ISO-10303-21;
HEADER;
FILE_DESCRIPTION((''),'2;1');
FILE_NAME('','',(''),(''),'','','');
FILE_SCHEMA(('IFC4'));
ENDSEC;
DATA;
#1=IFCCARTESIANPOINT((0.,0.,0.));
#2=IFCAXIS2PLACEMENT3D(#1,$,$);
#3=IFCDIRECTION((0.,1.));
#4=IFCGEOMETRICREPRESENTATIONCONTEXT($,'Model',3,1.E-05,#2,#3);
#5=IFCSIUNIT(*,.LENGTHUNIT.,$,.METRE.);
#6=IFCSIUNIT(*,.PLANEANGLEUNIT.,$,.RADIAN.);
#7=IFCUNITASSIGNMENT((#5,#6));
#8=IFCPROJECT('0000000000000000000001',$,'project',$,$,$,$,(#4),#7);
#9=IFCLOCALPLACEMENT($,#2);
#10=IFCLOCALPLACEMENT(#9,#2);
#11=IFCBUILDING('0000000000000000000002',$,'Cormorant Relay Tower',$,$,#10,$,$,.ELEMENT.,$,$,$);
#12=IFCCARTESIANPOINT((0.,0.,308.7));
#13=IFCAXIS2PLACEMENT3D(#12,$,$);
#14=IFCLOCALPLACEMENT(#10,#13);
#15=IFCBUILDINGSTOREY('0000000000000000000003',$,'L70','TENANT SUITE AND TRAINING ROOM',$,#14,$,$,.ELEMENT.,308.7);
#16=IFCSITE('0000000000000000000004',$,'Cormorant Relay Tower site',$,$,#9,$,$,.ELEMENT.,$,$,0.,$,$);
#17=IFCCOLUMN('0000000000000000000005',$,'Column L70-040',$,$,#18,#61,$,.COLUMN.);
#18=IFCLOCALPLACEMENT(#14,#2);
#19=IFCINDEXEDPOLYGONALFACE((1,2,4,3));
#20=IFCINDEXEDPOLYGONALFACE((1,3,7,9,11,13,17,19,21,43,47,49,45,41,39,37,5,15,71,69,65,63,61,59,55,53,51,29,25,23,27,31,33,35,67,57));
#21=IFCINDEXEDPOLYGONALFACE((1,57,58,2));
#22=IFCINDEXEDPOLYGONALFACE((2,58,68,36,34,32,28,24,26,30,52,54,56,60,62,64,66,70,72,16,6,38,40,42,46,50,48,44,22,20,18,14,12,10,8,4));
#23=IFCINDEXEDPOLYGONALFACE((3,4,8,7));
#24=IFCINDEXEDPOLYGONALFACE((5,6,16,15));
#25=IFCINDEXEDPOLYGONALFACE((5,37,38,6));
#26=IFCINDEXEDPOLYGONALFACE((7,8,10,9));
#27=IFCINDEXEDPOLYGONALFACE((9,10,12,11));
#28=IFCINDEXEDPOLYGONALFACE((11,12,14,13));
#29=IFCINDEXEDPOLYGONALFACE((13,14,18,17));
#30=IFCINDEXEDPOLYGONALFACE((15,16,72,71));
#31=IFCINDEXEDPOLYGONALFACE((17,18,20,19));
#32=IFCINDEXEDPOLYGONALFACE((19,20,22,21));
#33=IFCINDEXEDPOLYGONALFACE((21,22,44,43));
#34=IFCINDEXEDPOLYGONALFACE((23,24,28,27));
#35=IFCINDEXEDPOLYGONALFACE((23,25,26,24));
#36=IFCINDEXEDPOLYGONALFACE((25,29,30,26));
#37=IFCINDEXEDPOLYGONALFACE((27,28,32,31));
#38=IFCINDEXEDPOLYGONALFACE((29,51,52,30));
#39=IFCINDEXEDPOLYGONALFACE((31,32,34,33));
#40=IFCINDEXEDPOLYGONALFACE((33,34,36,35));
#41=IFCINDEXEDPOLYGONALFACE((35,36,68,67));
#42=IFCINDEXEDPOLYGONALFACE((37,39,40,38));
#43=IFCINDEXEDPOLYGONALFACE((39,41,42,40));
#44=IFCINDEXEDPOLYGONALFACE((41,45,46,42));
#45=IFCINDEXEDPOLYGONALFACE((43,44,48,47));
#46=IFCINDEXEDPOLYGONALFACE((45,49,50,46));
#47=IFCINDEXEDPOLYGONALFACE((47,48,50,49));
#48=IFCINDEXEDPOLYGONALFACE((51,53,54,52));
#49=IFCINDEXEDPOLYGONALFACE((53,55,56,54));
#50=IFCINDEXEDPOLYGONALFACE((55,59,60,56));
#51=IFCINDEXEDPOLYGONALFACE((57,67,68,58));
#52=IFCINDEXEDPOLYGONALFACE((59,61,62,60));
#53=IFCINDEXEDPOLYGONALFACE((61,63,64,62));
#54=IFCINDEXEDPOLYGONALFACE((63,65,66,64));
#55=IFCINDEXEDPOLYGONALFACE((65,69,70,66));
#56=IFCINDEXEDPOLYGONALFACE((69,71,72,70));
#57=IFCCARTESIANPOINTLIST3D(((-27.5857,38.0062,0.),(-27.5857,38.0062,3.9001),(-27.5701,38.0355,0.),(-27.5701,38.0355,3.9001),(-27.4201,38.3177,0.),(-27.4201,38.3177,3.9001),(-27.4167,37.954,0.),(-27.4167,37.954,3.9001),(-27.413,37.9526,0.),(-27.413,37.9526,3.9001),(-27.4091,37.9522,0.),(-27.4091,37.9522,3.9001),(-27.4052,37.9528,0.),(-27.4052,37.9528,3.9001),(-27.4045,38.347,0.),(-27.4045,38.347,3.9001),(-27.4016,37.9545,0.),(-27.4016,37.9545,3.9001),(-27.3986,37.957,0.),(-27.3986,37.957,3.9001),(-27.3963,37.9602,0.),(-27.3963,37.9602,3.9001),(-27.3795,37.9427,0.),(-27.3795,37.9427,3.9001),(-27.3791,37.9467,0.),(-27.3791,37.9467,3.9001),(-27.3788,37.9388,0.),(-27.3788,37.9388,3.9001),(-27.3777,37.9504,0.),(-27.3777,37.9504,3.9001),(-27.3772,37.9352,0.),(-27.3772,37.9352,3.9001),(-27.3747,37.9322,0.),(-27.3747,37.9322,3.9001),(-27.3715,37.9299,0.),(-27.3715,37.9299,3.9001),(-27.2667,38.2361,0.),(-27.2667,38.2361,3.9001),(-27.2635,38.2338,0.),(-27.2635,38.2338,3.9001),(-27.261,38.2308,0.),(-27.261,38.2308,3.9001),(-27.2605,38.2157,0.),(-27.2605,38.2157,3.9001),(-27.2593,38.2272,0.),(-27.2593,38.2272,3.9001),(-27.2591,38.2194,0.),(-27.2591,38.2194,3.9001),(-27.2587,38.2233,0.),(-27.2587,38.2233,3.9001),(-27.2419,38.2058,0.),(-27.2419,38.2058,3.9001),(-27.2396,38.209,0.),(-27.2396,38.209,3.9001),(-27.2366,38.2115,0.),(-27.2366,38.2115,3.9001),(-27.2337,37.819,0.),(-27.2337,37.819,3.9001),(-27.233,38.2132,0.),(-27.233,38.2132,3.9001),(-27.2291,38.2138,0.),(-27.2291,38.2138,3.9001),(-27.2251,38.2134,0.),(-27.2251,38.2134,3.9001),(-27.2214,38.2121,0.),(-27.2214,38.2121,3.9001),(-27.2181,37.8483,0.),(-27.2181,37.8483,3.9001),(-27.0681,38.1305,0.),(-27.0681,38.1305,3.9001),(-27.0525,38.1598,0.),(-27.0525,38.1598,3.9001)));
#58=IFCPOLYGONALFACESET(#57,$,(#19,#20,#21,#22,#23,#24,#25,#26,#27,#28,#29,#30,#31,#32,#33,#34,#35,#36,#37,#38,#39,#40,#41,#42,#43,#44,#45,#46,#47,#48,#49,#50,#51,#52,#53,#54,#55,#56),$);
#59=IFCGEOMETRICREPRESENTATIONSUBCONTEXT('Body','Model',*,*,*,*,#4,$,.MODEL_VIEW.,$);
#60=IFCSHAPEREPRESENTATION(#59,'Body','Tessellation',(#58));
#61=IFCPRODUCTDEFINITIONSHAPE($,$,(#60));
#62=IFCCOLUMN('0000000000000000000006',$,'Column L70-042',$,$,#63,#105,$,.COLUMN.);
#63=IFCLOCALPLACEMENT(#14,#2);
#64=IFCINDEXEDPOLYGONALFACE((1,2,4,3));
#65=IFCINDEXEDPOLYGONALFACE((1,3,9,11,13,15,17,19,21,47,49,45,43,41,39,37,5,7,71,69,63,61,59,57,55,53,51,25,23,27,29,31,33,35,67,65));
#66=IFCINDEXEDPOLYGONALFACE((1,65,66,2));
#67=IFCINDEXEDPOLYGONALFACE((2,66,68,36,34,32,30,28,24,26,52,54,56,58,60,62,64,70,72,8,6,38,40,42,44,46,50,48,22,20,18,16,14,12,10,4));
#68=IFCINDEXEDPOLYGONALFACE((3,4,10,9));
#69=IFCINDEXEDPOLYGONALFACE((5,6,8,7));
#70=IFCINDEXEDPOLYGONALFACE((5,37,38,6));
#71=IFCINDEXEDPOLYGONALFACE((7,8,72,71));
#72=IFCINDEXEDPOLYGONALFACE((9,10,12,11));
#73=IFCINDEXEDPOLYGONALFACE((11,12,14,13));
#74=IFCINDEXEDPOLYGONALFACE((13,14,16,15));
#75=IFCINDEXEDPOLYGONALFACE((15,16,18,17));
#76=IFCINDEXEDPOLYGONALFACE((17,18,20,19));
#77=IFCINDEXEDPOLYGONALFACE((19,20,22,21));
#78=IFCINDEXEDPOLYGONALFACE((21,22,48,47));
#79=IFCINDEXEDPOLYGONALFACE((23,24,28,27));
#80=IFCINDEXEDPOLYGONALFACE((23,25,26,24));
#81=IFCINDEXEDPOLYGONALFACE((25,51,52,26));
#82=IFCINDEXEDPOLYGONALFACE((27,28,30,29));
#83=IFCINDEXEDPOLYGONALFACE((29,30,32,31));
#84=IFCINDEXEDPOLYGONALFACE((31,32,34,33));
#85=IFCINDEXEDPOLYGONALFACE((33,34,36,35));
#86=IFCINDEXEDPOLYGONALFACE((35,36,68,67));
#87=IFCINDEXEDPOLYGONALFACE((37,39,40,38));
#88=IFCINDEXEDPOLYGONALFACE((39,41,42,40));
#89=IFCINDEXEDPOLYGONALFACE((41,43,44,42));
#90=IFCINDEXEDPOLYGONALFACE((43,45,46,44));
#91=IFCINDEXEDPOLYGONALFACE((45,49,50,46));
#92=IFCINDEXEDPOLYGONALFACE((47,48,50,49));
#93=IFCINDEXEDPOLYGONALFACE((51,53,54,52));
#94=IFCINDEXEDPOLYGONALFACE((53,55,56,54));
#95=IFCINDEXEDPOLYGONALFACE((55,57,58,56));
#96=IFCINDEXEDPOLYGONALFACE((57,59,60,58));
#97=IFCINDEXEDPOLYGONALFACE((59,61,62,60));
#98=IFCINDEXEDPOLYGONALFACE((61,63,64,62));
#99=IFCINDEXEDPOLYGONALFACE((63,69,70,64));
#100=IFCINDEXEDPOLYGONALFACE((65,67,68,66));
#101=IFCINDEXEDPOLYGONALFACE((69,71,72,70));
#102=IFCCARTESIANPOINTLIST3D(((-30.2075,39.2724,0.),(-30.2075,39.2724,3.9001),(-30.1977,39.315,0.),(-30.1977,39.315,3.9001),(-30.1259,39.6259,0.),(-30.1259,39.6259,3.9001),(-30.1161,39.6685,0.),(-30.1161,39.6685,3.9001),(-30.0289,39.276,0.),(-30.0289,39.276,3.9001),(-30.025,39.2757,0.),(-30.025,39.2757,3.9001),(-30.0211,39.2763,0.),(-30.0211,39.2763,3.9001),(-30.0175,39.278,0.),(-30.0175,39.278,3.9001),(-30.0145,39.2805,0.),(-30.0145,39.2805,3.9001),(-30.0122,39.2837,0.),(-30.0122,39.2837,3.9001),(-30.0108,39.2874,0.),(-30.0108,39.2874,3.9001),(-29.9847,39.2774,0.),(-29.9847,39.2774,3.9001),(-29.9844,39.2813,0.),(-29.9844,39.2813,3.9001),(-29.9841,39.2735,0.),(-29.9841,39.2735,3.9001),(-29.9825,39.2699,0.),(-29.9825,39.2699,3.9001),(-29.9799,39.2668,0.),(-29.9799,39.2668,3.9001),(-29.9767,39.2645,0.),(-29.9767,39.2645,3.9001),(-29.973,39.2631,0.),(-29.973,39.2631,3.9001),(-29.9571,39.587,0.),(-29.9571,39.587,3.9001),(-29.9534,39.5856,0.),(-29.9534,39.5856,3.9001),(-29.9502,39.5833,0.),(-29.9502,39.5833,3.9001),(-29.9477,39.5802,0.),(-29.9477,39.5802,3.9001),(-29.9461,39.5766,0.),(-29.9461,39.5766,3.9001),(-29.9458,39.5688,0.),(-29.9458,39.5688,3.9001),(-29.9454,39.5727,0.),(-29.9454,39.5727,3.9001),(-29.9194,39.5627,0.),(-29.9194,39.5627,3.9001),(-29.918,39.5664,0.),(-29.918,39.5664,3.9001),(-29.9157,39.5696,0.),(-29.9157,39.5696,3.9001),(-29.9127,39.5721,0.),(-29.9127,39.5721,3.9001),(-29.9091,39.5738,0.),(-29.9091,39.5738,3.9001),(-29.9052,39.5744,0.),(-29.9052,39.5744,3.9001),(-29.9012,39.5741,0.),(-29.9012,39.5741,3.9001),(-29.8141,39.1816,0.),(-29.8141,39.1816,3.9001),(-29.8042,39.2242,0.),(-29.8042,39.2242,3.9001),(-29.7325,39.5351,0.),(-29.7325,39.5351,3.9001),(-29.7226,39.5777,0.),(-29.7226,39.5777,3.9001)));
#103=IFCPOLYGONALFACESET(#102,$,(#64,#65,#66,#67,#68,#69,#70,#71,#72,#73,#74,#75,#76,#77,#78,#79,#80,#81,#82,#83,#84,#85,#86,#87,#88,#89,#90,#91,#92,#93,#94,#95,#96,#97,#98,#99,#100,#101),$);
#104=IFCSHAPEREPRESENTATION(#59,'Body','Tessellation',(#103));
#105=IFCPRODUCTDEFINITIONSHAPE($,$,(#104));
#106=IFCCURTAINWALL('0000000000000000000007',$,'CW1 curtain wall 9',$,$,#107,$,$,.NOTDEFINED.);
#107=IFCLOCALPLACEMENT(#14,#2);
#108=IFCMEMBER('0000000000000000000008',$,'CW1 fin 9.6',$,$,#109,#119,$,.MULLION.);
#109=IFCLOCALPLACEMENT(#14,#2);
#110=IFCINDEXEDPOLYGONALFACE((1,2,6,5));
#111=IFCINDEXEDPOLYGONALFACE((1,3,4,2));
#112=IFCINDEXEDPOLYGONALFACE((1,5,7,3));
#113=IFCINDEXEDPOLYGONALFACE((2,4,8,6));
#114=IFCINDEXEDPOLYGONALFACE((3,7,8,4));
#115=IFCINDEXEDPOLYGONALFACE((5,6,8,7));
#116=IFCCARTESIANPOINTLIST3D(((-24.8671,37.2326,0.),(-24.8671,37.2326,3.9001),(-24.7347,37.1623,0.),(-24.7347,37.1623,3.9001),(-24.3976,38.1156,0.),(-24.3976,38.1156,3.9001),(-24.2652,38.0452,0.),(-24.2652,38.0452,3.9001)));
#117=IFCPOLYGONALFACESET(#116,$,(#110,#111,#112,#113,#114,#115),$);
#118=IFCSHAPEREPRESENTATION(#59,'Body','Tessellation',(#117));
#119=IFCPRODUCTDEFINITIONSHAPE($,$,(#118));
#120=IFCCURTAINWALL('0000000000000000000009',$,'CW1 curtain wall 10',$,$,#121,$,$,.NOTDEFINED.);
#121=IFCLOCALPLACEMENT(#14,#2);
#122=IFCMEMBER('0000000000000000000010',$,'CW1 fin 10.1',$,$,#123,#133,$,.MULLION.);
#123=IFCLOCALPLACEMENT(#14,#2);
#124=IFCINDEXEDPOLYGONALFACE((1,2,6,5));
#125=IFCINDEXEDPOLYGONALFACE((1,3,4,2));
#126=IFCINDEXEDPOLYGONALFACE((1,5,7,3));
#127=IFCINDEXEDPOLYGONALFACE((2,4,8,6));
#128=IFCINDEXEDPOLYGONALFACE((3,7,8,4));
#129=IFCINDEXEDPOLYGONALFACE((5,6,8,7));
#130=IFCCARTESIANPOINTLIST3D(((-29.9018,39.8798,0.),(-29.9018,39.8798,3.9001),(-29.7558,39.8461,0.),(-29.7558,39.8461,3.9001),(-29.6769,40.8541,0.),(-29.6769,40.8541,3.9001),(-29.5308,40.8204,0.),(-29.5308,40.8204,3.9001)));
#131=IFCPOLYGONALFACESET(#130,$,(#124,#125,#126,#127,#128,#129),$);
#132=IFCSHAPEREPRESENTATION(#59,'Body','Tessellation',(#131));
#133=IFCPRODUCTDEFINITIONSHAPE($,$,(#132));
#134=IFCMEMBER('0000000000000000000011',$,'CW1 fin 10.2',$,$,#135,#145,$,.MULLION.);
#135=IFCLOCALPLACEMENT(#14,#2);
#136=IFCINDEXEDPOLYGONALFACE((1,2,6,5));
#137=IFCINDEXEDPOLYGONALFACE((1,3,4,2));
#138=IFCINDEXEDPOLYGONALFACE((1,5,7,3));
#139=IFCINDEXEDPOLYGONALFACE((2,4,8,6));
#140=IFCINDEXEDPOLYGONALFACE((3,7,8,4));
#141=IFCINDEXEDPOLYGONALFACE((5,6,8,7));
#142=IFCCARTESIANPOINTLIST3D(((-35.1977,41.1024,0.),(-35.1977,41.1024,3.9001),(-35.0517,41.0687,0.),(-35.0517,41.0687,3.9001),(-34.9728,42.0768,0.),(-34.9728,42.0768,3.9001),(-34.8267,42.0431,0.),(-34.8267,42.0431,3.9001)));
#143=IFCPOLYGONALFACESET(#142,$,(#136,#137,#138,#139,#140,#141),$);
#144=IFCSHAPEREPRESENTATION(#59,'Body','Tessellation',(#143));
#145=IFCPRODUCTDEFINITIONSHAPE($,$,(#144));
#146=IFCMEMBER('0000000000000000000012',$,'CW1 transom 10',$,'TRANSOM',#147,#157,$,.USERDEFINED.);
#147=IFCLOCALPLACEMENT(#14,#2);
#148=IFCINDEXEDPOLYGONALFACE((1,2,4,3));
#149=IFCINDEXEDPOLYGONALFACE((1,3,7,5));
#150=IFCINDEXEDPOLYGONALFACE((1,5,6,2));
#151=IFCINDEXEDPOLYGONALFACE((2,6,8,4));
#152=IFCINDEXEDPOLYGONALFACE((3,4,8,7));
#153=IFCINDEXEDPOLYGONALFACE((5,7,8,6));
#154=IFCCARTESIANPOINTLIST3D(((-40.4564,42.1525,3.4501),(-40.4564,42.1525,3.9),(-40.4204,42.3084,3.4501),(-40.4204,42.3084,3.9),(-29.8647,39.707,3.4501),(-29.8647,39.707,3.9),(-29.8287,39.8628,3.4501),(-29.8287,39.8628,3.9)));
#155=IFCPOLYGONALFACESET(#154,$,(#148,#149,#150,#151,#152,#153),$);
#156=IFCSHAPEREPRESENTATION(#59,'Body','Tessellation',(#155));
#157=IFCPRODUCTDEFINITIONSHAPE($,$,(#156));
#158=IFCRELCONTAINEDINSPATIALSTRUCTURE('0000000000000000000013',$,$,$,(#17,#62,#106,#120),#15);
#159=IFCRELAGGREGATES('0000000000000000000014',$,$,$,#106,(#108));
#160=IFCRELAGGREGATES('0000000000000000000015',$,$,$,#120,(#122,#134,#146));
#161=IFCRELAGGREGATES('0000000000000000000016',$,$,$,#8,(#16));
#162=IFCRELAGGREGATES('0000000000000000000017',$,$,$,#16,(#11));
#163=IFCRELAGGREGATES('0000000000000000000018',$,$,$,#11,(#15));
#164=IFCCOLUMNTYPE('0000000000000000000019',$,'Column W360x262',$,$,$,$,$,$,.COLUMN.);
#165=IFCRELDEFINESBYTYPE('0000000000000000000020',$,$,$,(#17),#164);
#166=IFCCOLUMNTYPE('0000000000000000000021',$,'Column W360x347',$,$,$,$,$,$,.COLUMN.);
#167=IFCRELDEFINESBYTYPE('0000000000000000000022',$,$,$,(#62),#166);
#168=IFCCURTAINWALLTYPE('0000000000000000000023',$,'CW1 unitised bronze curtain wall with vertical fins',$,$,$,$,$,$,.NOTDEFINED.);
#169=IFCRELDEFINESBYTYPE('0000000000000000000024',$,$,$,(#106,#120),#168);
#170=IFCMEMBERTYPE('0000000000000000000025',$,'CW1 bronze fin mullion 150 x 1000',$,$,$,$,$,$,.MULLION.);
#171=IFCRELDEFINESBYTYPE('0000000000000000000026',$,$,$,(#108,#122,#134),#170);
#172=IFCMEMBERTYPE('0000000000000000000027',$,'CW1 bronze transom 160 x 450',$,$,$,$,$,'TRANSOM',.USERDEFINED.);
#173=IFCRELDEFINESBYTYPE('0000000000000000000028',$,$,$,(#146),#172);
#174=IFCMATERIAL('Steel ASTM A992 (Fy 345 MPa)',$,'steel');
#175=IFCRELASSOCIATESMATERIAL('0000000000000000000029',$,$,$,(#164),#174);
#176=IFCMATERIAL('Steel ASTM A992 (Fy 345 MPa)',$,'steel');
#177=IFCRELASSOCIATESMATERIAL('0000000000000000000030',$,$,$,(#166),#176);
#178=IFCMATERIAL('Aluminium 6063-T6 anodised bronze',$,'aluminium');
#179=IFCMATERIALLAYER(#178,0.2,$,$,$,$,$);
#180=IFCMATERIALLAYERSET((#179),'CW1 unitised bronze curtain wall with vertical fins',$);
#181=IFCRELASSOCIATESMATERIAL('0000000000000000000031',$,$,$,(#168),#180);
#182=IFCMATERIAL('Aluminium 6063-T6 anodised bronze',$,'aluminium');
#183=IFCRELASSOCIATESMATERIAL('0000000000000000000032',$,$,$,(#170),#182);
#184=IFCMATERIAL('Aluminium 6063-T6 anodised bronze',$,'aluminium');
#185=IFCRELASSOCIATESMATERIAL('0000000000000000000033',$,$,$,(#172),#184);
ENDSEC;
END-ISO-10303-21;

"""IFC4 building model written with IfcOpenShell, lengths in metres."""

from ifc_helpers import new_model, si_unit, direction, frame, origin, origin_2d, place, context, subcontext, project, spatial, rectangle, i_section, extrude, material, layer, layer_set, material_profile, profile_set, type_object, element, aggregate, save


model = new_model("IFC4")

# Units and contexts
model_context = context("Model", 3, precision=1e-05, world=origin(), true_north=direction((0.0, 1.0)))
body_context = subcontext(model_context, "Body", "Model", "MODEL_VIEW")
ifc_project = project(units=[si_unit("LENGTHUNIT", "METRE"), si_unit("PLANEANGLEUNIT", "RADIAN")], contexts=[model_context])

# Site, building, storey
site_placement = place(None, origin())
site = spatial("IfcSite", under=ifc_project, at=site_placement, Name="Cormorant Relay Tower site", CompositionType="ELEMENT", RefElevation=0.0)
building_placement = place(site_placement, origin())
building = spatial("IfcBuilding", under=site, at=building_placement, Name="Cormorant Relay Tower", CompositionType="ELEMENT")
storey_placement = place(building_placement, frame((0.0, 0.0, 308.7)))
storey = spatial("IfcBuildingStorey", under=building, at=storey_placement, Name="L70", Description="TENANT SUITE AND TRAINING ROOM", CompositionType="ELEMENT", Elevation=308.7)

# Columns
ifc_material_1 = material(Name="Steel ASTM A992 (Fy 345 MPa)", Category="steel")
ifc_material_profile_1 = material_profile(ifc_material_1, i_section(OverallWidth=0.3987, OverallDepth=0.386, WebThickness=0.021, FlangeThickness=0.0332, FilletRadius=0.0151, at=origin_2d()), Name="W360x262")
ifc_profile_set_1 = profile_set([ifc_material_profile_1], Name="Steel ASTM A992 (Fy 345 MPa)")
column_type_1 = type_object("IfcColumnType", Name="Column W360x262", PredefinedType="COLUMN", material=ifc_profile_set_1)
column_1_placement = place(storey_placement, frame((-27.3191, 38.083, 0.0), z_axis=(0.0, 0.0, 1.0), x_axis=(-0.882948, 0.469472, 0.0)))
element("IfcColumn", 1, at=column_1_placement, inside=storey, type_object=column_type_1, Name="Column L70-040", PredefinedType="COLUMN", context=body_context, shape_type="SweptSolid", body=[
    extrude(i_section(OverallWidth=0.3987, OverallDepth=0.386, WebThickness=0.021, FlangeThickness=0.0332, FilletRadius=0.0151, at=origin_2d()), origin(), (0.0, 0.0, 1.0), 3.9001),
])
ifc_material_2 = material(Name="Steel ASTM A992 (Fy 345 MPa)", Category="steel")
ifc_material_profile_2 = material_profile(ifc_material_2, i_section(OverallWidth=0.4038, OverallDepth=0.4065, WebThickness=0.0271, FlangeThickness=0.0437, FilletRadius=0.0151, at=origin_2d()), Name="W360x347")
ifc_profile_set_2 = profile_set([ifc_material_profile_2], Name="Steel ASTM A992 (Fy 345 MPa)")
column_type_2 = type_object("IfcColumnType", Name="Column W360x347", PredefinedType="COLUMN", material=ifc_profile_set_2)
column_2_placement = place(storey_placement, frame((-29.9651, 39.425, 0.0), z_axis=(0.0, 0.0, 1.0), x_axis=(-0.97437, 0.224951, 0.0)))
element("IfcColumn", 2, at=column_2_placement, inside=storey, type_object=column_type_2, Name="Column L70-042", PredefinedType="COLUMN", context=body_context, shape_type="SweptSolid", body=[
    extrude(i_section(OverallWidth=0.4038, OverallDepth=0.4065, WebThickness=0.0271, FlangeThickness=0.0437, FilletRadius=0.0151, at=origin_2d()), origin(), (0.0, 0.0, 1.0), 3.9001),
])

# Curtain wall, member
ifc_material_3 = material(Name="Aluminium 6063-T6 anodised bronze", Category="aluminium")
ifc_layer_1 = layer(ifc_material_3, 0.2)
ifc_layer_set_1 = layer_set([ifc_layer_1], Name="CW1 unitised bronze curtain wall with vertical fins")
curtain_wall_type = type_object("IfcCurtainWallType", Name="CW1 unitised bronze curtain wall with vertical fins", PredefinedType="NOTDEFINED", material=ifc_layer_set_1)
curtain_wall_1_placement = place(storey_placement, origin())
curtain_wall_1 = element("IfcCurtainWall", 3, at=curtain_wall_1_placement, inside=storey, type_object=curtain_wall_type, Name="CW1 curtain wall 9", PredefinedType="NOTDEFINED")
ifc_material_4 = material(Name="Aluminium 6063-T6 anodised bronze", Category="aluminium")
ifc_material_profile_3 = material_profile(ifc_material_4, rectangle(XDim=0.1499, YDim=1.0, at=origin_2d()), Name="AL 150x1000")
ifc_profile_set_3 = profile_set([ifc_material_profile_3], Name="Aluminium 6063-T6 anodised bronze")
member_type_1 = type_object("IfcMemberType", Name="CW1 bronze fin mullion 150 x 1000", PredefinedType="MULLION", material=ifc_profile_set_3)
member_1_placement = place(storey_placement, frame((-24.5662, 37.6389, 0.0), z_axis=(0.0, 0.0, 1.0), x_axis=(-0.882948, 0.469472, 0.0)))
member_1 = element("IfcMember", 4, at=member_1_placement, type_object=member_type_1, Name="CW1 fin 9.6", PredefinedType="MULLION", context=body_context, shape_type="SweptSolid", body=[
    extrude(rectangle(XDim=0.1499, YDim=1.0, at=origin_2d()), origin(), (0.0, 0.0, 1.0), 3.9001),
])

# Curtain wall, members
curtain_wall_2_placement = place(storey_placement, origin())
curtain_wall_2 = element("IfcCurtainWall", 5, at=curtain_wall_2_placement, inside=storey, type_object=curtain_wall_type, Name="CW1 curtain wall 10", PredefinedType="NOTDEFINED")
member_2_placement = place(storey_placement, frame((-29.7163, 40.3501, 0.0), z_axis=(0.0, 0.0, 1.0), x_axis=(-0.97437, 0.224951, 0.0)))
member_2 = element("IfcMember", 6, at=member_2_placement, type_object=member_type_1, Name="CW1 fin 10.1", PredefinedType="MULLION", context=body_context, shape_type="SweptSolid", body=[
    extrude(rectangle(XDim=0.1499, YDim=1.0, at=origin_2d()), origin(), (0.0, 0.0, 1.0), 3.9001),
])
member_3_placement = place(storey_placement, frame((-35.0122, 41.5728, 0.0), z_axis=(0.0, 0.0, 1.0), x_axis=(-0.97437, 0.224951, 0.0)))
member_3 = element("IfcMember", 7, at=member_3_placement, type_object=member_type_1, Name="CW1 fin 10.2", PredefinedType="MULLION", context=body_context, shape_type="SweptSolid", body=[
    extrude(rectangle(XDim=0.1499, YDim=1.0, at=origin_2d()), origin(), (0.0, 0.0, 1.0), 3.9001),
])
ifc_material_5 = material(Name="Aluminium 6063-T6 anodised bronze", Category="aluminium")
ifc_material_profile_4 = material_profile(ifc_material_5, rectangle(XDim=0.1599, YDim=0.45, at=origin_2d()), Name="AL 160x450")
ifc_profile_set_4 = profile_set([ifc_material_profile_4], Name="Aluminium 6063-T6 anodised bronze")
member_type_2 = type_object("IfcMemberType", Name="CW1 bronze transom 160 x 450", ElementType="TRANSOM", PredefinedType="USERDEFINED", material=ifc_profile_set_4)
member_4_placement = place(storey_placement, frame((-29.8467, 39.7849, 3.675), z_axis=(-0.974365, 0.224973, 0.0), x_axis=(-0.224973, -0.974365, 0.0)))
member_4 = element("IfcMember", 8, at=member_4_placement, type_object=member_type_2, Name="CW1 transom 10", ObjectType="TRANSOM", PredefinedType="USERDEFINED", context=body_context, shape_type="SweptSolid", body=[
    extrude(rectangle(XDim=0.1599, YDim=0.45, at=origin_2d()), origin(), (0.0, 0.0, 1.0), 10.8704),
])

aggregate(curtain_wall_1, [member_1])
aggregate(curtain_wall_2, [member_2, member_3, member_4])

save(model, "model.ifc")
